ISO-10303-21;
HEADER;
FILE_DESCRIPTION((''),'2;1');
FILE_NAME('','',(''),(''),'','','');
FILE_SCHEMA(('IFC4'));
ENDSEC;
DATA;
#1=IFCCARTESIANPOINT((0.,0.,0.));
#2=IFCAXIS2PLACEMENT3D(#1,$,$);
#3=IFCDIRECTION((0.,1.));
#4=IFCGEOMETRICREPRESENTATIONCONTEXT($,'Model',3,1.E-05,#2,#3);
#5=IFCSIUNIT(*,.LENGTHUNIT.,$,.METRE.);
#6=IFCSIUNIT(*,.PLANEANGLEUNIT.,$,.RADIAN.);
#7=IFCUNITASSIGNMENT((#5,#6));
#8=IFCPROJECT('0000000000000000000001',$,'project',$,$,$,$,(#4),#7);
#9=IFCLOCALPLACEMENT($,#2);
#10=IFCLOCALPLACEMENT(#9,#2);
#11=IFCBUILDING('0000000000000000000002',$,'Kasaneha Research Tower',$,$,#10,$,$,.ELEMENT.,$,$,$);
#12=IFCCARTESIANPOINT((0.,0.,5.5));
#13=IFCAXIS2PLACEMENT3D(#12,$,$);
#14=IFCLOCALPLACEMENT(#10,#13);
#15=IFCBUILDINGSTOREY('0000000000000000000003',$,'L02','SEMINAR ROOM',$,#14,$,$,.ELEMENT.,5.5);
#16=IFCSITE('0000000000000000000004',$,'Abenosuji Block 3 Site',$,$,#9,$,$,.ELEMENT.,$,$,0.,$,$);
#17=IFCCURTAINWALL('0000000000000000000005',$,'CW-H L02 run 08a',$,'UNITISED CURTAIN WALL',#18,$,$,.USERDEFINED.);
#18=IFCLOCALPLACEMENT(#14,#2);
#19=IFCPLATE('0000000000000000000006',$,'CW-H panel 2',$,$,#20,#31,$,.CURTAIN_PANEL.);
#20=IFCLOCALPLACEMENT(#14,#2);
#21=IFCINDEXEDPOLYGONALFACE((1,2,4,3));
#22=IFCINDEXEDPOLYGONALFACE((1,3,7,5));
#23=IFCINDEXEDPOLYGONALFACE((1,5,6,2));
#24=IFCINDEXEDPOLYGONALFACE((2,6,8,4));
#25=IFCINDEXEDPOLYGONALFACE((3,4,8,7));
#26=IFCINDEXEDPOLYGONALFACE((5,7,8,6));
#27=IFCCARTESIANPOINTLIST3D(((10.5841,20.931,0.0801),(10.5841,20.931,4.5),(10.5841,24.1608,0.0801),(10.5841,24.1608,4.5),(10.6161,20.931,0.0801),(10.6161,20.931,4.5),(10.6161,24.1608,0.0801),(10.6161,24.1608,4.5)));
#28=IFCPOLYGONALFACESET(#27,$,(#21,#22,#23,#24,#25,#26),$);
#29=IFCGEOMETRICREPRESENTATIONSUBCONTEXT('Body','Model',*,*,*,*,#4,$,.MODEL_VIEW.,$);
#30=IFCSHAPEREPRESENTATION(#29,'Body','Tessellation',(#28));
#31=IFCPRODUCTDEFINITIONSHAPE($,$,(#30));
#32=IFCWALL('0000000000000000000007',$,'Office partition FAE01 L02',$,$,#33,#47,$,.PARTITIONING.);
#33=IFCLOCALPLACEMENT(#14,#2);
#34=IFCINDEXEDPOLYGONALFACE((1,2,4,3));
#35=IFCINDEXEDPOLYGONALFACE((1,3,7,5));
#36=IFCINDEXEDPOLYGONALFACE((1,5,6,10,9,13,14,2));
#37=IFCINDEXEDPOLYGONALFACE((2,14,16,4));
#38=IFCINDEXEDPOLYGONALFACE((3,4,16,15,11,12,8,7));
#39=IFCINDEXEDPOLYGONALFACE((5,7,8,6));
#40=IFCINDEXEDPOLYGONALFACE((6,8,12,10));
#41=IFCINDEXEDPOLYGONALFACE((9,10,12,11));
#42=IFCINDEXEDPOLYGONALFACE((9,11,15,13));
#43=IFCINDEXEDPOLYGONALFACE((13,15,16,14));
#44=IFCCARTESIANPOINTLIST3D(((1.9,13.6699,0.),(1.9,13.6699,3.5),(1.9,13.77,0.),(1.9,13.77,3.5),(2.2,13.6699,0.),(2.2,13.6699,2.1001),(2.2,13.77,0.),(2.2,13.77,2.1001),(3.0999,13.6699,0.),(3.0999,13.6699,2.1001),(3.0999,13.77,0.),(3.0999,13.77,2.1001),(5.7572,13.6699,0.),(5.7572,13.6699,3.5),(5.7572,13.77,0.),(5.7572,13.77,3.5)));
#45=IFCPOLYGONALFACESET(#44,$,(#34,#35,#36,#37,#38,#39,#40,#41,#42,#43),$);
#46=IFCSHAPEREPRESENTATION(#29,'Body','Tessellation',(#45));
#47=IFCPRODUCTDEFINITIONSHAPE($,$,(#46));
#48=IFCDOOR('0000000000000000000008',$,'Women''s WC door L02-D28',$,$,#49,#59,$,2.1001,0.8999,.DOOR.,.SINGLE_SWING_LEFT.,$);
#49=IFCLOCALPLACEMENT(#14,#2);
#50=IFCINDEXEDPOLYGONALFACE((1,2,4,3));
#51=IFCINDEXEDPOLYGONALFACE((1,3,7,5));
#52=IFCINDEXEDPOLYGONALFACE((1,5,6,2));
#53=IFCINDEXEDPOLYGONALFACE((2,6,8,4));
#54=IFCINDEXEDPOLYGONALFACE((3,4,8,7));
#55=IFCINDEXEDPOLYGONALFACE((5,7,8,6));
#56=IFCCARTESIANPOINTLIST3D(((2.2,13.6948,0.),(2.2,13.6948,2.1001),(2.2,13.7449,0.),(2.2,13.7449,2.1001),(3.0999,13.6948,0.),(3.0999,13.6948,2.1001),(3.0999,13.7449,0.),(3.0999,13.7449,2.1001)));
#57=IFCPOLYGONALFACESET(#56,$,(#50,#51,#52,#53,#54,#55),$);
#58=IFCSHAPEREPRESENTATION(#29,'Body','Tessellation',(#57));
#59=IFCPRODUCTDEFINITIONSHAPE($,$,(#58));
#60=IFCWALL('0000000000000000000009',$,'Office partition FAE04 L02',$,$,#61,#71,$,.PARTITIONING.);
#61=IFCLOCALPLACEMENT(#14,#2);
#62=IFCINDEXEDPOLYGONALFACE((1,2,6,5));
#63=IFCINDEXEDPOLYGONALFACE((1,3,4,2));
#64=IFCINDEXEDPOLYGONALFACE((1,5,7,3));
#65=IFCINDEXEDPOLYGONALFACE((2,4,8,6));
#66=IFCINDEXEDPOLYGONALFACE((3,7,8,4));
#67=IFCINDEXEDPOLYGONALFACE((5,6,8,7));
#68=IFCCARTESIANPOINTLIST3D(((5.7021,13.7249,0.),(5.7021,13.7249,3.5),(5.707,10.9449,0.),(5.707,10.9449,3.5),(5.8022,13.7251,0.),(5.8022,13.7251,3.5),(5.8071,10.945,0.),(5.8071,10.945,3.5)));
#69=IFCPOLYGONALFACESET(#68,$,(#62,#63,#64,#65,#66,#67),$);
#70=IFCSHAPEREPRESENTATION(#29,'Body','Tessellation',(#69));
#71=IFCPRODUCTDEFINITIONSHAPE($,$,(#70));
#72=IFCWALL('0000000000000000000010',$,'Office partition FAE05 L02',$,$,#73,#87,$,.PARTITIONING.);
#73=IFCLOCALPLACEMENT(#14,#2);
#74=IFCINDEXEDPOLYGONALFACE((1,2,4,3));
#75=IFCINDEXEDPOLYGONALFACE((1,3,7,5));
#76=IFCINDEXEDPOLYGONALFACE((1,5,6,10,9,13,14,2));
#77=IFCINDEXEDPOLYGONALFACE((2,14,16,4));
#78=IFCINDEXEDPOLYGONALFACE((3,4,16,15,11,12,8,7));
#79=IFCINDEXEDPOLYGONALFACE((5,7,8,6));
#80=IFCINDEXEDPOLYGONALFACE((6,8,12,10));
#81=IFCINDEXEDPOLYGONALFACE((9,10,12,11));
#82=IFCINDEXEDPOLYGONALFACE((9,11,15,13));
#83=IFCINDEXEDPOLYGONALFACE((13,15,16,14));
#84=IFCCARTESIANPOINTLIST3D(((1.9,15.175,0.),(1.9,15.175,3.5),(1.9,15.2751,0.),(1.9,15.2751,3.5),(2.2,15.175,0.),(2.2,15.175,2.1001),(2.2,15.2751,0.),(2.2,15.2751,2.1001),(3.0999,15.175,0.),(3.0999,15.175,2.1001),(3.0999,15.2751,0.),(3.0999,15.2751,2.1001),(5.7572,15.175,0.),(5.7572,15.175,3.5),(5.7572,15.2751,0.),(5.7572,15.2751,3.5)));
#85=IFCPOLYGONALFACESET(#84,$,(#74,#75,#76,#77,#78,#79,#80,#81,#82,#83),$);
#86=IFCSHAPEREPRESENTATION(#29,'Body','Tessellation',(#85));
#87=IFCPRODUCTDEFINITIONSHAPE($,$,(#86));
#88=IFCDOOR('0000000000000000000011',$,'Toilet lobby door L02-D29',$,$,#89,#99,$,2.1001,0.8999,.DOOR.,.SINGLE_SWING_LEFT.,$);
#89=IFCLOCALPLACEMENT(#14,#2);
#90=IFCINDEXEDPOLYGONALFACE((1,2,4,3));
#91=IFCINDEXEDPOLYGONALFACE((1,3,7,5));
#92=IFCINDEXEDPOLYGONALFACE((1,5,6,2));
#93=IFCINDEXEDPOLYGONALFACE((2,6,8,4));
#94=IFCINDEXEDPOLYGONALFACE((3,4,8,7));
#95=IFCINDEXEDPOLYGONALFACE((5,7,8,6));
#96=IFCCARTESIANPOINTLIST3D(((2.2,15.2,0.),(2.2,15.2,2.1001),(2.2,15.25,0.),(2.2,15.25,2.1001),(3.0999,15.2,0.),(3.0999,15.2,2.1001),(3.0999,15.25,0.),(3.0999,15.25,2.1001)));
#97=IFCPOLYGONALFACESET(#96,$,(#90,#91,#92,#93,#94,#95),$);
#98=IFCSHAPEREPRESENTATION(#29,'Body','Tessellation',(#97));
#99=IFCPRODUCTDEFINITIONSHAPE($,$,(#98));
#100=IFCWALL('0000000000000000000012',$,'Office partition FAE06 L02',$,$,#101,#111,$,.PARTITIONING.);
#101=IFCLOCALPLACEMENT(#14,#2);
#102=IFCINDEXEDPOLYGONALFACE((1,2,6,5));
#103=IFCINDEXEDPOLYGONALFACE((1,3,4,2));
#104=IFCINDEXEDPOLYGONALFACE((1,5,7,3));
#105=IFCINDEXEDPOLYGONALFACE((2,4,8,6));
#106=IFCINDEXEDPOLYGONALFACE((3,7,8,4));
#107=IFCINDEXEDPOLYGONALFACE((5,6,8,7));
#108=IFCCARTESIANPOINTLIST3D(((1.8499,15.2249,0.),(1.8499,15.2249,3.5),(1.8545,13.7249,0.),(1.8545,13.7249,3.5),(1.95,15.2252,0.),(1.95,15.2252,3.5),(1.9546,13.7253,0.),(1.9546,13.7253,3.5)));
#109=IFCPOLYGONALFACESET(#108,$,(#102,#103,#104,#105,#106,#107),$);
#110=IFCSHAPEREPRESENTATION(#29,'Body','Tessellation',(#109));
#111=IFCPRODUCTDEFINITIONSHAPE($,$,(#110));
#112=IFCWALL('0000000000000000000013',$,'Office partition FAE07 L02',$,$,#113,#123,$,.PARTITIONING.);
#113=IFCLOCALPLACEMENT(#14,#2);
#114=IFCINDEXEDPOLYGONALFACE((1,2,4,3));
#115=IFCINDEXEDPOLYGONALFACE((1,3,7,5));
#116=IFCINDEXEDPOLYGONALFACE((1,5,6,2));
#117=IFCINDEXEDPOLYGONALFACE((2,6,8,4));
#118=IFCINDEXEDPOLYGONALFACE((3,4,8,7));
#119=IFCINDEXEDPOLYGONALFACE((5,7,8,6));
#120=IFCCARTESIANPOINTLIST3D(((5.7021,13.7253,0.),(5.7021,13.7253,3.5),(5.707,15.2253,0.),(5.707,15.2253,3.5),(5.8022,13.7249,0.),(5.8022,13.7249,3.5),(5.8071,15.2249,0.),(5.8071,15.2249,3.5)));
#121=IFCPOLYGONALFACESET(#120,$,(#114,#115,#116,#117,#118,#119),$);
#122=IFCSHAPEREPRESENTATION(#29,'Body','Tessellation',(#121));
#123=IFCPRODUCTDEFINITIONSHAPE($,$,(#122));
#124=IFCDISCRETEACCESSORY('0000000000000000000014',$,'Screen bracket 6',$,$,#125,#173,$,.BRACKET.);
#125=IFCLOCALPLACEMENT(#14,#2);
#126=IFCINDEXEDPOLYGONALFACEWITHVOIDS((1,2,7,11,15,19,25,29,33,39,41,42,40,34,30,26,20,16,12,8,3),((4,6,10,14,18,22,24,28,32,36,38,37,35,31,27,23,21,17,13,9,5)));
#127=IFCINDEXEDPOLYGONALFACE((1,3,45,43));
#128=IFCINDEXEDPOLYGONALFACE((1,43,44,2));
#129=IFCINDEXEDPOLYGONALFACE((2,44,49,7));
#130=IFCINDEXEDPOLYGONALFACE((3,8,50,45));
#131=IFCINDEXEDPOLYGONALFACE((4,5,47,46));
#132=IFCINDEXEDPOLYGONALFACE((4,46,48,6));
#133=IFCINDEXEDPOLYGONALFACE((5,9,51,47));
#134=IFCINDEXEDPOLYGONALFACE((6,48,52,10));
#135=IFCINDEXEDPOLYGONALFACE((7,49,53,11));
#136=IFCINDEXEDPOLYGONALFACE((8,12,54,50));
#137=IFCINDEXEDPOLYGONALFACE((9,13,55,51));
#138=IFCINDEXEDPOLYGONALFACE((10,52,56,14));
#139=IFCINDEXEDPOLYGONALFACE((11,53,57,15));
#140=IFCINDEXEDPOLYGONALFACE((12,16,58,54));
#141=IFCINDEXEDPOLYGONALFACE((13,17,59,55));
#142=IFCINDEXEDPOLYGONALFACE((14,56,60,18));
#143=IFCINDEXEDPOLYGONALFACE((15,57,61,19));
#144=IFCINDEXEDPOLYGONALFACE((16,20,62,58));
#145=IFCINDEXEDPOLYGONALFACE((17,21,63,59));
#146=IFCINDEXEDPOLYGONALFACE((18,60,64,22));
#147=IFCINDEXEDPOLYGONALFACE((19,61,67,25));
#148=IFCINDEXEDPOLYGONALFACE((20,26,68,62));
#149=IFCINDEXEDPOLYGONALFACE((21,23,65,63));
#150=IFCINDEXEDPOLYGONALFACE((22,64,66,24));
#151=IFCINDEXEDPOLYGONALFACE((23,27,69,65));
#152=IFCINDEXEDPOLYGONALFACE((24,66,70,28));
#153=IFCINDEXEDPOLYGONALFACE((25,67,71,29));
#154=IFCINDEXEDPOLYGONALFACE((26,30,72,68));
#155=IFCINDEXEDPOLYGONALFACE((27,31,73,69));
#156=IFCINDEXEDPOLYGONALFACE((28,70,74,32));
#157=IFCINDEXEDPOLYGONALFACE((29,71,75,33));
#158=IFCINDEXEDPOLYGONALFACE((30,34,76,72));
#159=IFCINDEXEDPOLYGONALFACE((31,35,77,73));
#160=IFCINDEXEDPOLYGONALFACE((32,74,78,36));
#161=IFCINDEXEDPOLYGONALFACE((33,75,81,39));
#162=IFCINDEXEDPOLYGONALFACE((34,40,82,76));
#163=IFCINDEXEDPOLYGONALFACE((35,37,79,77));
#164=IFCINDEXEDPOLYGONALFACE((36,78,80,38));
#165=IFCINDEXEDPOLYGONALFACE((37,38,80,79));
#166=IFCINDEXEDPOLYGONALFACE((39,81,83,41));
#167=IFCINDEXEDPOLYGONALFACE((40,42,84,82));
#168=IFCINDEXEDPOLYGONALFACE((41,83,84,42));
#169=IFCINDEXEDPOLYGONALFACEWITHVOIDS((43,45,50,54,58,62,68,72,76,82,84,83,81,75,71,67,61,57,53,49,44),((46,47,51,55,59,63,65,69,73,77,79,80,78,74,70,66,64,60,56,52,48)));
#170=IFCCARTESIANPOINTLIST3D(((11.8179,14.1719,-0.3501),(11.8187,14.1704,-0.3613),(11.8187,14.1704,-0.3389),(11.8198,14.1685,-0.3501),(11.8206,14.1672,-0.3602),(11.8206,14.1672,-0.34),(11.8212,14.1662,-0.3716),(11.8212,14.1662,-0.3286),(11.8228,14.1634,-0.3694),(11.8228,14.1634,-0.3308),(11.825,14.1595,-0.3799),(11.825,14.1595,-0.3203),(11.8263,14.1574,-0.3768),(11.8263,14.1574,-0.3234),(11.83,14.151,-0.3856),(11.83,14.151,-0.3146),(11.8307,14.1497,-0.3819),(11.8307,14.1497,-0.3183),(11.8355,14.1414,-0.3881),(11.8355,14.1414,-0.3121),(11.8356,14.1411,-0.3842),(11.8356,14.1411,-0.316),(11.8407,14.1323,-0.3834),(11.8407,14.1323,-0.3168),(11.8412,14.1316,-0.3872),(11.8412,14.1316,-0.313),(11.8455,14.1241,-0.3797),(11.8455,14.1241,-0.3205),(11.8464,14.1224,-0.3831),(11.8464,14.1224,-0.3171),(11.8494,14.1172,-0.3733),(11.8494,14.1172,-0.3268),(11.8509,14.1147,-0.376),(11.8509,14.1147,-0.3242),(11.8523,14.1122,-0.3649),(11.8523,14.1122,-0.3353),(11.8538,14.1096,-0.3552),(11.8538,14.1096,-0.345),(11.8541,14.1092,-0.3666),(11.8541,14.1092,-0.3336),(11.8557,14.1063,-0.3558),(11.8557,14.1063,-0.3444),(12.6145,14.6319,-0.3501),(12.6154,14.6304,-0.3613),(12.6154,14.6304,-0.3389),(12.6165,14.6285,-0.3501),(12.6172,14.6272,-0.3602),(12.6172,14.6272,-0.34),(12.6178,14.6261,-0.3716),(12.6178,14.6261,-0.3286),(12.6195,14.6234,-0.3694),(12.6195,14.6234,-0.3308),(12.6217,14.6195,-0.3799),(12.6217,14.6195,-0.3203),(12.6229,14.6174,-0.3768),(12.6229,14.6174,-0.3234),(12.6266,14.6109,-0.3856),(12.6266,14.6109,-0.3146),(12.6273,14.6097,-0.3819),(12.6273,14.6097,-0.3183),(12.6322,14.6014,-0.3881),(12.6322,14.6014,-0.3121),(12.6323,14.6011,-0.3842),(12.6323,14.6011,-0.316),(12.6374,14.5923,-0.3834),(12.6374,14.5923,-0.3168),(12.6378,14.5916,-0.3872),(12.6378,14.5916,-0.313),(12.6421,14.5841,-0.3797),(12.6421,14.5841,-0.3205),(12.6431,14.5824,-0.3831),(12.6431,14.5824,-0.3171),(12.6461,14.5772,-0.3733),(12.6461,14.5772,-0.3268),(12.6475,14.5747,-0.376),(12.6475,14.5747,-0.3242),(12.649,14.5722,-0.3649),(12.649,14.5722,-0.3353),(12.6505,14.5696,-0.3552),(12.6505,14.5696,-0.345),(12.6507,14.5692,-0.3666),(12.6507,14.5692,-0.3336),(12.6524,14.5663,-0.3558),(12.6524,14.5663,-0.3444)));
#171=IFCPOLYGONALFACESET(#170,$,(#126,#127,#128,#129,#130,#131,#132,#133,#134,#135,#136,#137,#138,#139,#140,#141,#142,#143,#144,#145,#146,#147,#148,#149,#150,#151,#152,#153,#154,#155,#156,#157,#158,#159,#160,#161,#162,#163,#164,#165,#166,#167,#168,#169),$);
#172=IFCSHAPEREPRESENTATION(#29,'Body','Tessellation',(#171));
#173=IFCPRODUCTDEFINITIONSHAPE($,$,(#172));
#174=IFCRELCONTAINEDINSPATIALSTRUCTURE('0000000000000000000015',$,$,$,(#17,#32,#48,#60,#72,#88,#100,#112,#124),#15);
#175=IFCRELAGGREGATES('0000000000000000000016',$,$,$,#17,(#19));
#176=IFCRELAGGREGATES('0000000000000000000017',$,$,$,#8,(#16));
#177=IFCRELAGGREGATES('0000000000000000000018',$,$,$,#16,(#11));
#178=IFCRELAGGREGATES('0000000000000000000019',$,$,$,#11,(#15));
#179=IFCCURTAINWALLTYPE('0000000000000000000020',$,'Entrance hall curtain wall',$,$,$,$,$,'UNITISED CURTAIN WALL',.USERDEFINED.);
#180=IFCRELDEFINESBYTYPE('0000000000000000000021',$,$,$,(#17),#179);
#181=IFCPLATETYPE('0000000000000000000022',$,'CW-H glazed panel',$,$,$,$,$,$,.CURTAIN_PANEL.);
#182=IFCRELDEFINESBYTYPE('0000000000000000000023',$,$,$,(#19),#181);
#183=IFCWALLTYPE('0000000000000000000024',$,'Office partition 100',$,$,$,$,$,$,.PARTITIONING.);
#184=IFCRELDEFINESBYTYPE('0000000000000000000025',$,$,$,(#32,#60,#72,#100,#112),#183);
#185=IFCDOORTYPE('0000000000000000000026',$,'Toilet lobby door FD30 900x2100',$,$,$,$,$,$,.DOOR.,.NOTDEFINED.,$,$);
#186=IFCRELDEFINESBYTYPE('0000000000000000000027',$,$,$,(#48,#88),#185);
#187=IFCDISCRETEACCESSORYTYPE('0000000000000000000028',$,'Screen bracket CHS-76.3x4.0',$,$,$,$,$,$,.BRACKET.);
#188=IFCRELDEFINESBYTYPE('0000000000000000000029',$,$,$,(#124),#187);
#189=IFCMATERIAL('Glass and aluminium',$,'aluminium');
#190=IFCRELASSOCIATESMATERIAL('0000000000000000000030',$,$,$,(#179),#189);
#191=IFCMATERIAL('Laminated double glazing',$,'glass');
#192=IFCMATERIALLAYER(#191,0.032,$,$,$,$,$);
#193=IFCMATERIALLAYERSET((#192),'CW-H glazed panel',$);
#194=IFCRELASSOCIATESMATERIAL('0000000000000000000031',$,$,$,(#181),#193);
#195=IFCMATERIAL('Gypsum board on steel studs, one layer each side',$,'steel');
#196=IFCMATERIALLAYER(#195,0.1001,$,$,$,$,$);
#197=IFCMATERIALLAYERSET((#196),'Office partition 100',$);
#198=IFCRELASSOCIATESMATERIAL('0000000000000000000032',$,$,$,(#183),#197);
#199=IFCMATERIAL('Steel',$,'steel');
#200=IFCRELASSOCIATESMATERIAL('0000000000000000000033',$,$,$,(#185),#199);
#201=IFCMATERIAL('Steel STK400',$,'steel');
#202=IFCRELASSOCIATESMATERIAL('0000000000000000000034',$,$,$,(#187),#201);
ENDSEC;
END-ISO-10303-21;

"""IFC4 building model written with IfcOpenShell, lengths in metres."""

from ifc_helpers import new_model, si_unit, direction, frame, frame_2d, origin, origin_2d, place, context, subcontext, project, spatial, rectangle, hollow_circle, extrude, material, layer, layer_set, material_profile, profile_set, type_object, element, fill, aggregate, save


model = new_model("IFC4")

# Units and contexts
model_context = context("Model", 3, precision=1e-05, world=origin(), true_north=direction((0.0, 1.0)))
body_context = subcontext(model_context, "Body", "Model", "MODEL_VIEW")
ifc_project = project(units=[si_unit("LENGTHUNIT", "METRE"), si_unit("PLANEANGLEUNIT", "RADIAN")], contexts=[model_context])

# Site, building, storey
site_placement = place(None, origin())
site = spatial("IfcSite", under=ifc_project, at=site_placement, Name="Abenosuji Block 3 Site", CompositionType="ELEMENT", RefElevation=0.0)
building_placement = place(site_placement, origin())
building = spatial("IfcBuilding", under=site, at=building_placement, Name="Kasaneha Research Tower", CompositionType="ELEMENT")
storey_placement = place(building_placement, frame((0.0, 0.0, 5.5)))
storey = spatial("IfcBuildingStorey", under=building, at=storey_placement, Name="L02", Description="SEMINAR ROOM", CompositionType="ELEMENT", Elevation=5.5)

# Curtain wall
ifc_material_1 = material(Name="Glass and aluminium", Category="aluminium")
curtain_wall_type = type_object("IfcCurtainWallType", Name="Entrance hall curtain wall", ElementType="UNITISED CURTAIN WALL", PredefinedType="USERDEFINED", material=ifc_material_1)
curtain_wall_1_placement = place(storey_placement, origin())
curtain_wall_1 = element("IfcCurtainWall", 1, at=curtain_wall_1_placement, inside=storey, type_object=curtain_wall_type, Name="CW-H L02 run 08a", ObjectType="UNITISED CURTAIN WALL", PredefinedType="USERDEFINED")

# Plate
ifc_material_2 = material(Name="Laminated double glazing", Category="glass")
ifc_layer_1 = layer(ifc_material_2, 0.032)
ifc_layer_set_1 = layer_set([ifc_layer_1], Name="CW-H glazed panel")
plate_type = type_object("IfcPlateType", Name="CW-H glazed panel", PredefinedType="CURTAIN_PANEL", material=ifc_layer_set_1)
plate_1_placement = place(storey_placement, frame((10.6001, 22.5459, 0.0801), z_axis=(0.0, 0.0, 1.0), x_axis=(0.0, 1.0, 0.0)))
plate_1 = element("IfcPlate", 2, at=plate_1_placement, type_object=plate_type, Name="CW-H panel 2", PredefinedType="CURTAIN_PANEL", context=body_context, shape_type="SweptSolid", body=[
    extrude(rectangle(XDim=3.2297, YDim=0.032, at=origin_2d()), origin(), (0.0, 0.0, 1.0), 4.4199),
])
aggregate(curtain_wall_1, [plate_1])

# Wall, opening, door
ifc_material_3 = material(Name="Gypsum board on steel studs, one layer each side", Category="steel")
ifc_layer_2 = layer(ifc_material_3, 0.1001)
ifc_layer_set_2 = layer_set([ifc_layer_2], Name="Office partition 100")
wall_type = type_object("IfcWallType", Name="Office partition 100", PredefinedType="PARTITIONING", material=ifc_layer_set_2)
wall_1_placement = place(storey_placement, frame((1.8999, 13.72, 0.0), z_axis=(0.0, 0.0, 1.0), x_axis=(1.0, 0.0, 0.0)))
wall_1 = element("IfcWall", 3, at=wall_1_placement, inside=storey, type_object=wall_type, Name="Office partition FAE01 L02", PredefinedType="PARTITIONING", context=body_context, shape_type="SweptSolid", body=[
    extrude(rectangle(XDim=3.8572, YDim=0.1001, at=frame_2d((1.9287, 0.0))), origin(), (0.0, 0.0, 1.0), 3.5),
])
opening_1_placement = place(wall_1_placement, frame((0.3, 0.0, 0.0)))
opening_1 = element("IfcOpeningElement", 4, at=opening_1_placement, cuts=wall_1, PredefinedType="OPENING", context=body_context, shape_type="SweptSolid", body=[
    extrude(rectangle(XDim=0.8999, YDim=2.1001, at=frame_2d((0.45, 1.05))), frame((0.0, 0.0601, 0.0), z_axis=(0.0, -1.0, 0.0), x_axis=(1.0, 0.0, 0.0)), (0.0, 0.0, 1.0), 0.1201),
])
ifc_material_4 = material(Name="Steel", Category="steel")
door_type = type_object("IfcDoorType", Name="Toilet lobby door FD30 900x2100", OperationType="NOTDEFINED", PredefinedType="DOOR", material=ifc_material_4)
door_1_placement = place(opening_1_placement, origin())
door_1 = element("IfcDoor", 5, at=door_1_placement, inside=storey, type_object=door_type, Name="Women's WC door L02-D28", OperationType="SINGLE_SWING_LEFT", OverallHeight=2.1001, OverallWidth=0.8999, PredefinedType="DOOR", context=body_context, shape_type="SweptSolid", body=[
    extrude(rectangle(XDim=0.8999, YDim=2.1001, at=frame_2d((0.45, 1.05))), frame((0.0, 0.0249, 0.0), z_axis=(0.0, -1.0, 0.0), x_axis=(1.0, 0.0, 0.0)), (0.0, 0.0, 1.0), 0.05),
])
fill(opening_1, door_1)

# Wall
wall_2_placement = place(storey_placement, frame((5.7522, 13.7251, 0.0), z_axis=(0.0, 0.0, 1.0), x_axis=(0.001756, -0.999998, 0.0)))
element("IfcWall", 6, at=wall_2_placement, inside=storey, type_object=wall_type, Name="Office partition FAE04 L02", PredefinedType="PARTITIONING", context=body_context, shape_type="SweptSolid", body=[
    extrude(rectangle(XDim=2.78, YDim=0.1001, at=frame_2d((1.3901, 0.0))), origin(), (0.0, 0.0, 1.0), 3.5),
])

# Wall, opening, door
wall_3_placement = place(storey_placement, frame((1.8999, 15.2251, 0.0), z_axis=(0.0, 0.0, 1.0), x_axis=(1.0, 0.0, 0.0)))
wall_3 = element("IfcWall", 7, at=wall_3_placement, inside=storey, type_object=wall_type, Name="Office partition FAE05 L02", PredefinedType="PARTITIONING", context=body_context, shape_type="SweptSolid", body=[
    extrude(rectangle(XDim=3.8572, YDim=0.1001, at=frame_2d((1.9287, 0.0))), origin(), (0.0, 0.0, 1.0), 3.5),
])
opening_2_placement = place(wall_3_placement, frame((0.3, 0.0, 0.0)))
opening_2 = element("IfcOpeningElement", 8, at=opening_2_placement, cuts=wall_3, PredefinedType="OPENING", context=body_context, shape_type="SweptSolid", body=[
    extrude(rectangle(XDim=0.8999, YDim=2.1001, at=frame_2d((0.45, 1.05))), frame((0.0, 0.0601, 0.0), z_axis=(0.0, -1.0, 0.0), x_axis=(1.0, 0.0, 0.0)), (0.0, 0.0, 1.0), 0.1201),
])
door_2_placement = place(opening_2_placement, origin())
door_2 = element("IfcDoor", 9, at=door_2_placement, inside=storey, type_object=door_type, Name="Toilet lobby door L02-D29", OperationType="SINGLE_SWING_LEFT", OverallHeight=2.1001, OverallWidth=0.8999, PredefinedType="DOOR", context=body_context, shape_type="SweptSolid", body=[
    extrude(rectangle(XDim=0.8999, YDim=2.1001, at=frame_2d((0.45, 1.05))), frame((0.0, 0.0249, 0.0), z_axis=(0.0, -1.0, 0.0), x_axis=(1.0, 0.0, 0.0)), (0.0, 0.0, 1.0), 0.05),
])
fill(opening_2, door_2)

# Walls
for number, where, z_axis, x_axis, name in (
    (10, (1.9045, 13.7251, 0.0), (0.0, 0.0, 1.0), (-0.003092, 0.999995, 0.0), "Office partition FAE06 L02"),
    (11, (5.7571, 15.2251, 0.0), (0.0, 0.0, 1.0), (-0.003255, -0.999995, 0.0), "Office partition FAE07 L02"),
):
    element("IfcWall", number, at=place(storey_placement, frame(where, z_axis=z_axis, x_axis=x_axis)), inside=storey, type_object=wall_type, Name=name, PredefinedType="PARTITIONING", context=body_context, shape_type="SweptSolid", body=[
        extrude(rectangle(XDim=1.5, YDim=0.1001, at=frame_2d((0.75, 0.0))), origin(), (0.0, 0.0, 1.0), 3.5),
    ])

# Discrete accessory
ifc_material_5 = material(Name="Steel STK400", Category="steel")
ifc_material_profile_1 = material_profile(ifc_material_5, hollow_circle(Radius=0.0381, WallThickness=0.0039, at=origin_2d()), Name="CHS-76.3x4.0")
ifc_profile_set_1 = profile_set([ifc_material_profile_1], Name="Steel STK400")
discrete_accessory_type = type_object("IfcDiscreteAccessoryType", Name="Screen bracket CHS-76.3x4.0", PredefinedType="BRACKET", material=ifc_profile_set_1)
discrete_accessory_1_placement = place(storey_placement, frame((11.8369, 14.1389, -0.3501), z_axis=(0.866013, 0.500021, 0.0), x_axis=(-0.500021, 0.866013, 0.0)))
element("IfcDiscreteAccessory", 12, at=discrete_accessory_1_placement, inside=storey, type_object=discrete_accessory_type, Name="Screen bracket 6", PredefinedType="BRACKET", context=body_context, shape_type="SweptSolid", body=[
    extrude(hollow_circle(Radius=0.0381, WallThickness=0.0039, at=origin_2d()), origin(), (0.0, 0.0, 1.0), 0.9199),
])

save(model, "model.ifc")
